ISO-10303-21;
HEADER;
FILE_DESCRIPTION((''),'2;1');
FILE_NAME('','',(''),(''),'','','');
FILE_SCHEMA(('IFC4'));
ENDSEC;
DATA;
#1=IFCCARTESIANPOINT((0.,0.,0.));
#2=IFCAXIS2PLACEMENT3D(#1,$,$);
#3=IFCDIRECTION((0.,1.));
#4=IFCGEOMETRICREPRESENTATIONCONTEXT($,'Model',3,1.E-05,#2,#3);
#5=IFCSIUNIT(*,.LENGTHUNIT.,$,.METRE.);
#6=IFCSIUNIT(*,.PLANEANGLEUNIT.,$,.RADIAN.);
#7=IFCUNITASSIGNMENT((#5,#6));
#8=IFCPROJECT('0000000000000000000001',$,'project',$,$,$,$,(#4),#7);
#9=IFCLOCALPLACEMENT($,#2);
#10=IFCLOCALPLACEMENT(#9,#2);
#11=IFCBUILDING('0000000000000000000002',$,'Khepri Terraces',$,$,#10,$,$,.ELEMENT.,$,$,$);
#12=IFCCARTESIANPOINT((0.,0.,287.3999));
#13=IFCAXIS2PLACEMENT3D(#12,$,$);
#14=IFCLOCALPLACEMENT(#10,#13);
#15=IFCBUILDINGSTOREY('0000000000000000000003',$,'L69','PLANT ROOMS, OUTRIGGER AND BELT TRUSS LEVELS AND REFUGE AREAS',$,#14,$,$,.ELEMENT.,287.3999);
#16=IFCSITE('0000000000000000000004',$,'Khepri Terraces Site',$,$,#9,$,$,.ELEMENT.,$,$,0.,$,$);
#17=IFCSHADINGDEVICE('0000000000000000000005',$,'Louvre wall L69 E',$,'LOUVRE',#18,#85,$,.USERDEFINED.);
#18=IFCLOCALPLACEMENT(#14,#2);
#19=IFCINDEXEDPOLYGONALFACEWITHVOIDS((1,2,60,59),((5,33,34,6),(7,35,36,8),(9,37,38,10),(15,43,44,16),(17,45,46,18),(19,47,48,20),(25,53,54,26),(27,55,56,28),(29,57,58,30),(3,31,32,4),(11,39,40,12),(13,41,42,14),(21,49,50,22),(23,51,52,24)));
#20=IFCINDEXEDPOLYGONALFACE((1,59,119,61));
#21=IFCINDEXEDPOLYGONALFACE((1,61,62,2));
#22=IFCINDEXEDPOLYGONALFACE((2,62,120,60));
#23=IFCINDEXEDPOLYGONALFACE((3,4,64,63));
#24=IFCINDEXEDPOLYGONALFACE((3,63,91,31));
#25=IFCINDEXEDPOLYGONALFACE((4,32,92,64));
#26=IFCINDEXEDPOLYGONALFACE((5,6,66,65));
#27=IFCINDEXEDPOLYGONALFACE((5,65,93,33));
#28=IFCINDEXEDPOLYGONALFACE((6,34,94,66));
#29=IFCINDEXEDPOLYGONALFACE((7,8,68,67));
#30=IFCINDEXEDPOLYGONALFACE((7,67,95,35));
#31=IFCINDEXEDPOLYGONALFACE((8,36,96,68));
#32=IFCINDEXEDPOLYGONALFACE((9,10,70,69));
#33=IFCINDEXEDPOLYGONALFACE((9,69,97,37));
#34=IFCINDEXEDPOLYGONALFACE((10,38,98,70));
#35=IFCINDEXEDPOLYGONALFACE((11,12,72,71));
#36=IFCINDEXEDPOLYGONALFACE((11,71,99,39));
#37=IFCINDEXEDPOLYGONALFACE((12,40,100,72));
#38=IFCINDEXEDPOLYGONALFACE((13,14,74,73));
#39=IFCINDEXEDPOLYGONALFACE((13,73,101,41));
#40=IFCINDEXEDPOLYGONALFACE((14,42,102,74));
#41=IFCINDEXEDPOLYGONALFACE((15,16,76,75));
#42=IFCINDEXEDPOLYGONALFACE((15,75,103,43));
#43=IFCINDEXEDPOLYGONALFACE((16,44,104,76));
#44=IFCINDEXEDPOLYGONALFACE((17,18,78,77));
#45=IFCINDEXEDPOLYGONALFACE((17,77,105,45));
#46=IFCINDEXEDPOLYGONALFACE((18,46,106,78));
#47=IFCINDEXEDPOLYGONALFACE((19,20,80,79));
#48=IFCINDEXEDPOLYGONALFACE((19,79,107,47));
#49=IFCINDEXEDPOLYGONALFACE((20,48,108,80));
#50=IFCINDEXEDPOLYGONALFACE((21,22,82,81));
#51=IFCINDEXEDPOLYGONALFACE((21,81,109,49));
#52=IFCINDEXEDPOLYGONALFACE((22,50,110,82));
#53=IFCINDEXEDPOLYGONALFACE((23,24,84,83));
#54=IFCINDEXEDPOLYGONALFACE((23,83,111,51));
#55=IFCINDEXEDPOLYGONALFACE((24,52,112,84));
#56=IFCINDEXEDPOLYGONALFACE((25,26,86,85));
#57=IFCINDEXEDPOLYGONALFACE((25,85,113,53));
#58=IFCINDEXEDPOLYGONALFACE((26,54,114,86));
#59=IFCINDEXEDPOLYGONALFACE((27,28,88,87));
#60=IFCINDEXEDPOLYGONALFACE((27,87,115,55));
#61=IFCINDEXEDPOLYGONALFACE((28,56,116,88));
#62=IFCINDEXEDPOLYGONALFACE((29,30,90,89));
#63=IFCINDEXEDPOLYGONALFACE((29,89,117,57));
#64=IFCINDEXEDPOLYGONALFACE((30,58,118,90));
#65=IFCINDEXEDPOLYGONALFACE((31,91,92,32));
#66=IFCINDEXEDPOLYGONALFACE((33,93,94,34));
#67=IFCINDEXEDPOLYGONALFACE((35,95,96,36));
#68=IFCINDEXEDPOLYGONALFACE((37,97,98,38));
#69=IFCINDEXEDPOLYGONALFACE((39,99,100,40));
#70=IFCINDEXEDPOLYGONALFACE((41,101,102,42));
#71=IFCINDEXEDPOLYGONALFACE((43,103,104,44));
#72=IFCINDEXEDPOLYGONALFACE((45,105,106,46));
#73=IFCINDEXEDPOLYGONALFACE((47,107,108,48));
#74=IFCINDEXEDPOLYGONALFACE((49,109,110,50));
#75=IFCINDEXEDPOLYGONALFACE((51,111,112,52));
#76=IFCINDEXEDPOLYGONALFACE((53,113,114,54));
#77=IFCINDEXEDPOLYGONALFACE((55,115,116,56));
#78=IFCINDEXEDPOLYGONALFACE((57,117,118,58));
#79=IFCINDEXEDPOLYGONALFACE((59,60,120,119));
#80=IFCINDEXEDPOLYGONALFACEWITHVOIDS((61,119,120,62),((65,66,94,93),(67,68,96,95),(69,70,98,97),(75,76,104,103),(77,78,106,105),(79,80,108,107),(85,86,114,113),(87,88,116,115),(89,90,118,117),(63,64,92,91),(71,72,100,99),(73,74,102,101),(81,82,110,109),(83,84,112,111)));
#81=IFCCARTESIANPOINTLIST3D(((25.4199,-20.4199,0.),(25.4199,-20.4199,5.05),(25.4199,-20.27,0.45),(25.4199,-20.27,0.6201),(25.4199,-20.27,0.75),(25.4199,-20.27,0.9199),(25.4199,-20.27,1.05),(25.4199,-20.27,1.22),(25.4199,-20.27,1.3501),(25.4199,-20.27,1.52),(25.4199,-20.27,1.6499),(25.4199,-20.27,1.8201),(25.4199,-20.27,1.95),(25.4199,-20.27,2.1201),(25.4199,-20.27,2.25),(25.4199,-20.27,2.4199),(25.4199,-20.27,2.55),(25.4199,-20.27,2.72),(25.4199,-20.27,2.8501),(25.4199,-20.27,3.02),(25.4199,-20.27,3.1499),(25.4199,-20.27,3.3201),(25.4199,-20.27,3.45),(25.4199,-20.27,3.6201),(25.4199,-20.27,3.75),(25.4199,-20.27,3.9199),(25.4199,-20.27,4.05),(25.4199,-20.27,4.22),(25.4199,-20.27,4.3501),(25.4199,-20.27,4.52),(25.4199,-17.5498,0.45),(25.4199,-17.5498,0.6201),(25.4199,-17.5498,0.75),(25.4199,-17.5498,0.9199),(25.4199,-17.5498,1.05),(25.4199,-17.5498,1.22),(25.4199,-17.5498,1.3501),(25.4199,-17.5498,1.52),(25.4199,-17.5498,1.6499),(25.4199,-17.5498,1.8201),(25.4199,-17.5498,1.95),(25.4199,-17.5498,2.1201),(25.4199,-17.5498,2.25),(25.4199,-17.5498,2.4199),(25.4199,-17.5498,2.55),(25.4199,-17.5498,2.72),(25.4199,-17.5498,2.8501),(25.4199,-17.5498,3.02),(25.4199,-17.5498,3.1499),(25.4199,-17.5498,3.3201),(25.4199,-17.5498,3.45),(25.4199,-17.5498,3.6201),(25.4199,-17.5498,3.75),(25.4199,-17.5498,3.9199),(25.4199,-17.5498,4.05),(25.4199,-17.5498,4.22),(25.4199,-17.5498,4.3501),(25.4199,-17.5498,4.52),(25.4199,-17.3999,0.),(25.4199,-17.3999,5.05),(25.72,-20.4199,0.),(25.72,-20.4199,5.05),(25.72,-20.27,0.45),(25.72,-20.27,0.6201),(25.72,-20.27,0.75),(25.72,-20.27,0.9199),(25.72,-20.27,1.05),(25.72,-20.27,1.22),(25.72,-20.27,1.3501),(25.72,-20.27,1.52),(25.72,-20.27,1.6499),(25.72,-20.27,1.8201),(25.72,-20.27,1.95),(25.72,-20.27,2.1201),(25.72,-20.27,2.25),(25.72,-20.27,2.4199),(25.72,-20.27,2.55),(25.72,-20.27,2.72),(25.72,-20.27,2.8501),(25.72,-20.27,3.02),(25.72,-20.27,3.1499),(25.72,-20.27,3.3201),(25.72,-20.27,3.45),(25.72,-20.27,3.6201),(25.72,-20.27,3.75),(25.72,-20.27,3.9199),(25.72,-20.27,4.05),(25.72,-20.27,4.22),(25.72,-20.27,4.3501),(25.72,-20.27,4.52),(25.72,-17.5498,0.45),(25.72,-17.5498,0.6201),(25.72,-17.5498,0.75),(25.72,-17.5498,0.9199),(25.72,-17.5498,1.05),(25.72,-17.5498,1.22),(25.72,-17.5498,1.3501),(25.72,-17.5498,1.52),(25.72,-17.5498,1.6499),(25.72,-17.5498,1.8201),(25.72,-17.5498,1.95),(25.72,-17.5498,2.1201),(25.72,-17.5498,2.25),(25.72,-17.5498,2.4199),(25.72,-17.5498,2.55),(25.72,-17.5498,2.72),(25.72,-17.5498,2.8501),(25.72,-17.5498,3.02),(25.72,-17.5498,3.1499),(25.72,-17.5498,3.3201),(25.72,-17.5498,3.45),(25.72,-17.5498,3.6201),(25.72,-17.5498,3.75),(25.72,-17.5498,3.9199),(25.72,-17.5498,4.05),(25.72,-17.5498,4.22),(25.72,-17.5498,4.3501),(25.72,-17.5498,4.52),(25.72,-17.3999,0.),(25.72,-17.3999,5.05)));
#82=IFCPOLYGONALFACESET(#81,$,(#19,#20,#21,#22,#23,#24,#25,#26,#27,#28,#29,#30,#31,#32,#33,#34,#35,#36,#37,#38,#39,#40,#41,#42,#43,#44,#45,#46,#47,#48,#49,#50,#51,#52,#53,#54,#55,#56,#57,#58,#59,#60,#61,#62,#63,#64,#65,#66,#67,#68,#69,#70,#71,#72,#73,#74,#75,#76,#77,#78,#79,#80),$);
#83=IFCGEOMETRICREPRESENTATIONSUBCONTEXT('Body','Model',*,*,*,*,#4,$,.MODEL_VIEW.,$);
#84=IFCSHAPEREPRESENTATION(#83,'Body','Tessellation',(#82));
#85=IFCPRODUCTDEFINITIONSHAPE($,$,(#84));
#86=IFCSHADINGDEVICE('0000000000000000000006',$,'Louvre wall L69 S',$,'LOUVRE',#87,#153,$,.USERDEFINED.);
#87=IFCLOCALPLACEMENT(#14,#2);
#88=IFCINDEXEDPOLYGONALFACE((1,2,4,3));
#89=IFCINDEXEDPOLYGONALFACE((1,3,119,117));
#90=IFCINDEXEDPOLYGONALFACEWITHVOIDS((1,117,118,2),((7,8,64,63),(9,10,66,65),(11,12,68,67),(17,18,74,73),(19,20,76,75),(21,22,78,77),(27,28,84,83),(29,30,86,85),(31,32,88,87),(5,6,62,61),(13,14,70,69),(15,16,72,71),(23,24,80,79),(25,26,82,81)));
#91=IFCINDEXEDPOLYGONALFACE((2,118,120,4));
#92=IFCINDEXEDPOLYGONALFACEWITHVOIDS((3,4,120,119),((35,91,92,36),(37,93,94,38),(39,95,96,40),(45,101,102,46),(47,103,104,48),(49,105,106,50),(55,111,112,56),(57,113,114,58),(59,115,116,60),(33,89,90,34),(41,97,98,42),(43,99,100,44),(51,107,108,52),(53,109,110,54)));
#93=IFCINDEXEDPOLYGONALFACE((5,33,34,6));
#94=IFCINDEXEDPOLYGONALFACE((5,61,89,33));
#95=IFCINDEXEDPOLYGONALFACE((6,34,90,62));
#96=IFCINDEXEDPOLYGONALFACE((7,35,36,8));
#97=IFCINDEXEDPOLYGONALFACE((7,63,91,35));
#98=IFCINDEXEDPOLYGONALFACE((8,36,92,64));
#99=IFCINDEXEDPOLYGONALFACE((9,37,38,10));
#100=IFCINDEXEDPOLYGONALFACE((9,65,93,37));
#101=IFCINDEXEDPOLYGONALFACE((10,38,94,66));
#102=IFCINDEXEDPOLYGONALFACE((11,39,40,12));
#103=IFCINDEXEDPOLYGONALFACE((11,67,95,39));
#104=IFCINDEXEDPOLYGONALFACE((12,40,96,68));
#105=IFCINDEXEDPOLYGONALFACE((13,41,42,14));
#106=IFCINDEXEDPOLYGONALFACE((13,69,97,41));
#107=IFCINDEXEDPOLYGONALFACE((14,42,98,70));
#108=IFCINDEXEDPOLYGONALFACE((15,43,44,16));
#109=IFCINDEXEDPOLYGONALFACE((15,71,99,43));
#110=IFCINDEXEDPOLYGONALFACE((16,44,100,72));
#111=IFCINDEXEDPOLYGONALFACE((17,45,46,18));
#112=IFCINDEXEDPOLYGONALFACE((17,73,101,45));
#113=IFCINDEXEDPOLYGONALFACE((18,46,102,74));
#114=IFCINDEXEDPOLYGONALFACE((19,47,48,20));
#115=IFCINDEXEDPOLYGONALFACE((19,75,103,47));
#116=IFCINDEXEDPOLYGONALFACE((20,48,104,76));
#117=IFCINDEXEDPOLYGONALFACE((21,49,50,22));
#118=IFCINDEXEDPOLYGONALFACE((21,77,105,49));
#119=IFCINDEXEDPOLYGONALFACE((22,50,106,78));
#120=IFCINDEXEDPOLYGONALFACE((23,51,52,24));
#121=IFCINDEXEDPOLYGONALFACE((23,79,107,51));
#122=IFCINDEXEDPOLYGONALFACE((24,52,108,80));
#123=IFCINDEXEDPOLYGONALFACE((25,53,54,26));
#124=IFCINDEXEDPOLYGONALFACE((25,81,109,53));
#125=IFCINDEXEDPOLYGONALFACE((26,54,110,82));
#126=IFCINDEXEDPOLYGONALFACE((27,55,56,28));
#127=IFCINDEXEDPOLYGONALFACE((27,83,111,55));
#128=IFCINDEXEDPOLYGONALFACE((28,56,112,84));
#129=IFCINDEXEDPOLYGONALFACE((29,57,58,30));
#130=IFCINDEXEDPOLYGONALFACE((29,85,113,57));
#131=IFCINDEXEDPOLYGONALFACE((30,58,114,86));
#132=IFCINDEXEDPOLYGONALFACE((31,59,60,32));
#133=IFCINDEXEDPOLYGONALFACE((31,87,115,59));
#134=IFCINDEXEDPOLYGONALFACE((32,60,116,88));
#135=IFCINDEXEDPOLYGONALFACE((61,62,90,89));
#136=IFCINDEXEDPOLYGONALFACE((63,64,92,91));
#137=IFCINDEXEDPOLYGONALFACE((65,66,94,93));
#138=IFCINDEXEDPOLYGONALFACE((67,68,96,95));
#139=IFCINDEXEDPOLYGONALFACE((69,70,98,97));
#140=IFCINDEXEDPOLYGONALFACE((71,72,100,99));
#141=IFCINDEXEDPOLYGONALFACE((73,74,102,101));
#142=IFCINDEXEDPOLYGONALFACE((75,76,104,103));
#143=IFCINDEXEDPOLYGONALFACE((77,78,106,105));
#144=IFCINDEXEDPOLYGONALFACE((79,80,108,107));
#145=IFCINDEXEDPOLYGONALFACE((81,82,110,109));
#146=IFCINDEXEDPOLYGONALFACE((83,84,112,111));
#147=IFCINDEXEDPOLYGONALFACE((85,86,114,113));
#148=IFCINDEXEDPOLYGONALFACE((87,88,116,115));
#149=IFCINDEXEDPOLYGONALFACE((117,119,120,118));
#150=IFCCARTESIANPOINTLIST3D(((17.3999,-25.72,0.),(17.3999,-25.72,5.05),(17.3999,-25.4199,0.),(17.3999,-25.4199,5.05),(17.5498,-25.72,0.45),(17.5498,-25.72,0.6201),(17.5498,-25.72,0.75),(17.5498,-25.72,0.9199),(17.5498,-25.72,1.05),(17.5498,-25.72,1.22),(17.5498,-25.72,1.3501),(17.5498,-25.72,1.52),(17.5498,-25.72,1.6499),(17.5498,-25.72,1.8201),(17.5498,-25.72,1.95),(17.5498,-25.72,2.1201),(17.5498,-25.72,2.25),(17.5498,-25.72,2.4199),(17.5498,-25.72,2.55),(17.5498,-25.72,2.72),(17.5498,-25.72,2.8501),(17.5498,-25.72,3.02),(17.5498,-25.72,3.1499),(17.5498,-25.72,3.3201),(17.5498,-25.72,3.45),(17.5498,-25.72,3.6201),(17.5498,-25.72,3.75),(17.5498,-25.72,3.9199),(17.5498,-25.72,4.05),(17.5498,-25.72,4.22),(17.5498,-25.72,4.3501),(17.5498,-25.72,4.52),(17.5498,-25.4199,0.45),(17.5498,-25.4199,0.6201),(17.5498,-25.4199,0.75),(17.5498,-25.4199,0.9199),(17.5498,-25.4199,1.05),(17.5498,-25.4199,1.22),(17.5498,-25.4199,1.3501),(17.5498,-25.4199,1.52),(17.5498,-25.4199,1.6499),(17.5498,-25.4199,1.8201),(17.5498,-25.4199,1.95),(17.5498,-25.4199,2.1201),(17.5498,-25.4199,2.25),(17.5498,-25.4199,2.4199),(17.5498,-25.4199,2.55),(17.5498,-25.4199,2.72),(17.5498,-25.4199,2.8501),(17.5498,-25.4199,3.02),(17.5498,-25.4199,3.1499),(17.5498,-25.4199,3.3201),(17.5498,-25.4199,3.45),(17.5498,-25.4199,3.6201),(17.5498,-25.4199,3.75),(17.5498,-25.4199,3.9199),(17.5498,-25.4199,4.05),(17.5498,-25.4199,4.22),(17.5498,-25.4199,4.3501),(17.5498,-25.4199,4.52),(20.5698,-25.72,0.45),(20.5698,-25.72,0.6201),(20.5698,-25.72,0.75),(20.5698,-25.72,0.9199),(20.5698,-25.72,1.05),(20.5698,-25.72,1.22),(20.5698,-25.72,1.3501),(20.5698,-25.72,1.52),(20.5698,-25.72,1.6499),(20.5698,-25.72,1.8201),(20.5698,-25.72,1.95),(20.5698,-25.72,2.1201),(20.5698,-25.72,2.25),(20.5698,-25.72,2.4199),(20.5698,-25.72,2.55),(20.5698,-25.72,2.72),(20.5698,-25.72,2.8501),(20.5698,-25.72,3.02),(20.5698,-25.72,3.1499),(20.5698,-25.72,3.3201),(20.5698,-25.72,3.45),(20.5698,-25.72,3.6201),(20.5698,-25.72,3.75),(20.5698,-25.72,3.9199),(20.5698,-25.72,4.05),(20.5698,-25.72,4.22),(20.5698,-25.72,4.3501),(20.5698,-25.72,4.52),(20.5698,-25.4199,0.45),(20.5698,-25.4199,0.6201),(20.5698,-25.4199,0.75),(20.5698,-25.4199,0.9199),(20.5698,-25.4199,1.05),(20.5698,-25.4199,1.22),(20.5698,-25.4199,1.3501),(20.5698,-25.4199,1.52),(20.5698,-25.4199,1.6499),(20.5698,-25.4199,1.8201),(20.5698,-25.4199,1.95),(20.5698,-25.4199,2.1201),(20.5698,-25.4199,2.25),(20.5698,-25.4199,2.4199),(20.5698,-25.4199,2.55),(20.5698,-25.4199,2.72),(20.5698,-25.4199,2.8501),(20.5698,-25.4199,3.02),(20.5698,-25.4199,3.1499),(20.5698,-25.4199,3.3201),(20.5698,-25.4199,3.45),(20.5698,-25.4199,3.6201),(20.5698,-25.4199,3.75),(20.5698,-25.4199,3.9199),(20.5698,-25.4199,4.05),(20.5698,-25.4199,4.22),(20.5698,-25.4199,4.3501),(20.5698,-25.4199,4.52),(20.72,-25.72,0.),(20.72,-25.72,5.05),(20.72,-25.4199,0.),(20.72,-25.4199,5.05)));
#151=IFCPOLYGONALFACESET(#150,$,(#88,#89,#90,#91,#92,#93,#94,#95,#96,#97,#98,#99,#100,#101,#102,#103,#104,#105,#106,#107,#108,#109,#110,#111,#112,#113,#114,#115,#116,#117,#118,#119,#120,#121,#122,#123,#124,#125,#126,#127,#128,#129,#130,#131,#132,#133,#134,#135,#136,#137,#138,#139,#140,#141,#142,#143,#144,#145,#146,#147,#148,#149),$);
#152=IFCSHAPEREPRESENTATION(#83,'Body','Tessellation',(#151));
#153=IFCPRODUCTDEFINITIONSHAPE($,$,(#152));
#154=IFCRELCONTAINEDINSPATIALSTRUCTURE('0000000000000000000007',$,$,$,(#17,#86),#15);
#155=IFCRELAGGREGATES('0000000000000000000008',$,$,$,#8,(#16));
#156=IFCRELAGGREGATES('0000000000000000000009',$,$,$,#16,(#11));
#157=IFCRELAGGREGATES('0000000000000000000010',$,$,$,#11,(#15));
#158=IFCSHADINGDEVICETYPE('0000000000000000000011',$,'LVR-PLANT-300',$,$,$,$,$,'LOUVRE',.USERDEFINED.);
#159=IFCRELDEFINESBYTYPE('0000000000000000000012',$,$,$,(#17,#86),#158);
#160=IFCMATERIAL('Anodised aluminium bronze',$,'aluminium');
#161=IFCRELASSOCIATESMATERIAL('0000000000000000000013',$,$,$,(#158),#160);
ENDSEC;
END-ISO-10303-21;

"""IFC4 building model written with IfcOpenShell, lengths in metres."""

from ifc_helpers import new_model, si_unit, direction, frame, origin, place, context, subcontext, project, spatial, polyline, outline, extrude, material, type_object, element, save


model = new_model("IFC4")

# Units and contexts
model_context = context("Model", 3, precision=1e-05, world=origin(), true_north=direction((0.0, 1.0)))
body_context = subcontext(model_context, "Body", "Model", "MODEL_VIEW")
ifc_project = project(units=[si_unit("LENGTHUNIT", "METRE"), si_unit("PLANEANGLEUNIT", "RADIAN")], contexts=[model_context])

# Site, building, storey
site_placement = place(None, origin())
site = spatial("IfcSite", under=ifc_project, at=site_placement, Name="Khepri Terraces Site", CompositionType="ELEMENT", RefElevation=0.0)
building_placement = place(site_placement, origin())
building = spatial("IfcBuilding", under=site, at=building_placement, Name="Khepri Terraces", CompositionType="ELEMENT")
storey_placement = place(building_placement, frame((0.0, 0.0, 287.3999)))
storey = spatial("IfcBuildingStorey", under=building, at=storey_placement, Name="L69", Description="PLANT ROOMS, OUTRIGGER AND BELT TRUSS LEVELS AND REFUGE AREAS", CompositionType="ELEMENT", Elevation=287.3999)

# Shading devices
ifc_material_1 = material(Name="Anodised aluminium bronze", Category="aluminium")
shading_device_type = type_object("IfcShadingDeviceType", Name="LVR-PLANT-300", ElementType="LOUVRE", PredefinedType="USERDEFINED", material=ifc_material_1)
shading_device_1_placement = place(storey_placement, frame((25.4199, -20.4199, 0.0), z_axis=(1.0, 0.0, 0.0), x_axis=(0.0, 1.0, 0.0)))
element("IfcShadingDevice", 1, at=shading_device_1_placement, inside=storey, type_object=shading_device_type, Name="Louvre wall L69 E", ObjectType="LOUVRE", PredefinedType="USERDEFINED", context=body_context, shape_type="SweptSolid", body=[
    extrude(outline(polyline([(0.0, 0.0), (3.02, 0.0), (3.02, 5.05), (0.0, 5.05), (0.0, 0.0)]), holes=[polyline([(0.1499, 0.45), (2.8701, 0.45), (2.8701, 0.6201), (0.1499, 0.6201), (0.1499, 0.45)]), polyline([(0.1499, 0.75), (2.8701, 0.75), (2.8701, 0.9199), (0.1499, 0.9199), (0.1499, 0.75)]), polyline([(0.1499, 1.05), (2.8701, 1.05), (2.8701, 1.22), (0.1499, 1.22), (0.1499, 1.05)]), polyline([(0.1499, 1.3501), (2.8701, 1.3501), (2.8701, 1.52), (0.1499, 1.52), (0.1499, 1.3501)]), polyline([(0.1499, 1.6499), (2.8701, 1.6499), (2.8701, 1.8201), (0.1499, 1.8201), (0.1499, 1.6499)]), polyline([(0.1499, 1.95), (2.8701, 1.95), (2.8701, 2.1201), (0.1499, 2.1201), (0.1499, 1.95)]), polyline([(0.1499, 2.25), (2.8701, 2.25), (2.8701, 2.4199), (0.1499, 2.4199), (0.1499, 2.25)]), polyline([(0.1499, 2.55), (2.8701, 2.55), (2.8701, 2.72), (0.1499, 2.72), (0.1499, 2.55)]), polyline([(0.1499, 2.8501), (2.8701, 2.8501), (2.8701, 3.02), (0.1499, 3.02), (0.1499, 2.8501)]), polyline([(0.1499, 3.1499), (2.8701, 3.1499), (2.8701, 3.3201), (0.1499, 3.3201), (0.1499, 3.1499)]), polyline([(0.1499, 3.45), (2.8701, 3.45), (2.8701, 3.6201), (0.1499, 3.6201), (0.1499, 3.45)]), polyline([(0.1499, 3.75), (2.8701, 3.75), (2.8701, 3.9199), (0.1499, 3.9199), (0.1499, 3.75)]), polyline([(0.1499, 4.05), (2.8701, 4.05), (2.8701, 4.22), (0.1499, 4.22), (0.1499, 4.05)]), polyline([(0.1499, 4.3501), (2.8701, 4.3501), (2.8701, 4.52), (0.1499, 4.52), (0.1499, 4.3501)])]), origin(), (0.0, 0.0, 1.0), 0.3),
])
shading_device_2_placement = place(storey_placement, frame((17.3999, -25.4199, 0.0), z_axis=(0.0, -1.0, 0.0), x_axis=(1.0, 0.0, 0.0)))
element("IfcShadingDevice", 2, at=shading_device_2_placement, inside=storey, type_object=shading_device_type, Name="Louvre wall L69 S", ObjectType="LOUVRE", PredefinedType="USERDEFINED", context=body_context, shape_type="SweptSolid", body=[
    extrude(outline(polyline([(0.0, 0.0), (3.3201, 0.0), (3.3201, 5.05), (0.0, 5.05), (0.0, 0.0)]), holes=[polyline([(0.1499, 0.45), (3.1699, 0.45), (3.1699, 0.6201), (0.1499, 0.6201), (0.1499, 0.45)]), polyline([(0.1499, 0.75), (3.1699, 0.75), (3.1699, 0.9199), (0.1499, 0.9199), (0.1499, 0.75)]), polyline([(0.1499, 1.05), (3.1699, 1.05), (3.1699, 1.22), (0.1499, 1.22), (0.1499, 1.05)]), polyline([(0.1499, 1.3501), (3.1699, 1.3501), (3.1699, 1.52), (0.1499, 1.52), (0.1499, 1.3501)]), polyline([(0.1499, 1.6499), (3.1699, 1.6499), (3.1699, 1.8201), (0.1499, 1.8201), (0.1499, 1.6499)]), polyline([(0.1499, 1.95), (3.1699, 1.95), (3.1699, 2.1201), (0.1499, 2.1201), (0.1499, 1.95)]), polyline([(0.1499, 2.25), (3.1699, 2.25), (3.1699, 2.4199), (0.1499, 2.4199), (0.1499, 2.25)]), polyline([(0.1499, 2.55), (3.1699, 2.55), (3.1699, 2.72), (0.1499, 2.72), (0.1499, 2.55)]), polyline([(0.1499, 2.8501), (3.1699, 2.8501), (3.1699, 3.02), (0.1499, 3.02), (0.1499, 2.8501)]), polyline([(0.1499, 3.1499), (3.1699, 3.1499), (3.1699, 3.3201), (0.1499, 3.3201), (0.1499, 3.1499)]), polyline([(0.1499, 3.45), (3.1699, 3.45), (3.1699, 3.6201), (0.1499, 3.6201), (0.1499, 3.45)]), polyline([(0.1499, 3.75), (3.1699, 3.75), (3.1699, 3.9199), (0.1499, 3.9199), (0.1499, 3.75)]), polyline([(0.1499, 4.05), (3.1699, 4.05), (3.1699, 4.22), (0.1499, 4.22), (0.1499, 4.05)]), polyline([(0.1499, 4.3501), (3.1699, 4.3501), (3.1699, 4.52), (0.1499, 4.52), (0.1499, 4.3501)])]), origin(), (0.0, 0.0, 1.0), 0.3),
])

save(model, "model.ifc")
